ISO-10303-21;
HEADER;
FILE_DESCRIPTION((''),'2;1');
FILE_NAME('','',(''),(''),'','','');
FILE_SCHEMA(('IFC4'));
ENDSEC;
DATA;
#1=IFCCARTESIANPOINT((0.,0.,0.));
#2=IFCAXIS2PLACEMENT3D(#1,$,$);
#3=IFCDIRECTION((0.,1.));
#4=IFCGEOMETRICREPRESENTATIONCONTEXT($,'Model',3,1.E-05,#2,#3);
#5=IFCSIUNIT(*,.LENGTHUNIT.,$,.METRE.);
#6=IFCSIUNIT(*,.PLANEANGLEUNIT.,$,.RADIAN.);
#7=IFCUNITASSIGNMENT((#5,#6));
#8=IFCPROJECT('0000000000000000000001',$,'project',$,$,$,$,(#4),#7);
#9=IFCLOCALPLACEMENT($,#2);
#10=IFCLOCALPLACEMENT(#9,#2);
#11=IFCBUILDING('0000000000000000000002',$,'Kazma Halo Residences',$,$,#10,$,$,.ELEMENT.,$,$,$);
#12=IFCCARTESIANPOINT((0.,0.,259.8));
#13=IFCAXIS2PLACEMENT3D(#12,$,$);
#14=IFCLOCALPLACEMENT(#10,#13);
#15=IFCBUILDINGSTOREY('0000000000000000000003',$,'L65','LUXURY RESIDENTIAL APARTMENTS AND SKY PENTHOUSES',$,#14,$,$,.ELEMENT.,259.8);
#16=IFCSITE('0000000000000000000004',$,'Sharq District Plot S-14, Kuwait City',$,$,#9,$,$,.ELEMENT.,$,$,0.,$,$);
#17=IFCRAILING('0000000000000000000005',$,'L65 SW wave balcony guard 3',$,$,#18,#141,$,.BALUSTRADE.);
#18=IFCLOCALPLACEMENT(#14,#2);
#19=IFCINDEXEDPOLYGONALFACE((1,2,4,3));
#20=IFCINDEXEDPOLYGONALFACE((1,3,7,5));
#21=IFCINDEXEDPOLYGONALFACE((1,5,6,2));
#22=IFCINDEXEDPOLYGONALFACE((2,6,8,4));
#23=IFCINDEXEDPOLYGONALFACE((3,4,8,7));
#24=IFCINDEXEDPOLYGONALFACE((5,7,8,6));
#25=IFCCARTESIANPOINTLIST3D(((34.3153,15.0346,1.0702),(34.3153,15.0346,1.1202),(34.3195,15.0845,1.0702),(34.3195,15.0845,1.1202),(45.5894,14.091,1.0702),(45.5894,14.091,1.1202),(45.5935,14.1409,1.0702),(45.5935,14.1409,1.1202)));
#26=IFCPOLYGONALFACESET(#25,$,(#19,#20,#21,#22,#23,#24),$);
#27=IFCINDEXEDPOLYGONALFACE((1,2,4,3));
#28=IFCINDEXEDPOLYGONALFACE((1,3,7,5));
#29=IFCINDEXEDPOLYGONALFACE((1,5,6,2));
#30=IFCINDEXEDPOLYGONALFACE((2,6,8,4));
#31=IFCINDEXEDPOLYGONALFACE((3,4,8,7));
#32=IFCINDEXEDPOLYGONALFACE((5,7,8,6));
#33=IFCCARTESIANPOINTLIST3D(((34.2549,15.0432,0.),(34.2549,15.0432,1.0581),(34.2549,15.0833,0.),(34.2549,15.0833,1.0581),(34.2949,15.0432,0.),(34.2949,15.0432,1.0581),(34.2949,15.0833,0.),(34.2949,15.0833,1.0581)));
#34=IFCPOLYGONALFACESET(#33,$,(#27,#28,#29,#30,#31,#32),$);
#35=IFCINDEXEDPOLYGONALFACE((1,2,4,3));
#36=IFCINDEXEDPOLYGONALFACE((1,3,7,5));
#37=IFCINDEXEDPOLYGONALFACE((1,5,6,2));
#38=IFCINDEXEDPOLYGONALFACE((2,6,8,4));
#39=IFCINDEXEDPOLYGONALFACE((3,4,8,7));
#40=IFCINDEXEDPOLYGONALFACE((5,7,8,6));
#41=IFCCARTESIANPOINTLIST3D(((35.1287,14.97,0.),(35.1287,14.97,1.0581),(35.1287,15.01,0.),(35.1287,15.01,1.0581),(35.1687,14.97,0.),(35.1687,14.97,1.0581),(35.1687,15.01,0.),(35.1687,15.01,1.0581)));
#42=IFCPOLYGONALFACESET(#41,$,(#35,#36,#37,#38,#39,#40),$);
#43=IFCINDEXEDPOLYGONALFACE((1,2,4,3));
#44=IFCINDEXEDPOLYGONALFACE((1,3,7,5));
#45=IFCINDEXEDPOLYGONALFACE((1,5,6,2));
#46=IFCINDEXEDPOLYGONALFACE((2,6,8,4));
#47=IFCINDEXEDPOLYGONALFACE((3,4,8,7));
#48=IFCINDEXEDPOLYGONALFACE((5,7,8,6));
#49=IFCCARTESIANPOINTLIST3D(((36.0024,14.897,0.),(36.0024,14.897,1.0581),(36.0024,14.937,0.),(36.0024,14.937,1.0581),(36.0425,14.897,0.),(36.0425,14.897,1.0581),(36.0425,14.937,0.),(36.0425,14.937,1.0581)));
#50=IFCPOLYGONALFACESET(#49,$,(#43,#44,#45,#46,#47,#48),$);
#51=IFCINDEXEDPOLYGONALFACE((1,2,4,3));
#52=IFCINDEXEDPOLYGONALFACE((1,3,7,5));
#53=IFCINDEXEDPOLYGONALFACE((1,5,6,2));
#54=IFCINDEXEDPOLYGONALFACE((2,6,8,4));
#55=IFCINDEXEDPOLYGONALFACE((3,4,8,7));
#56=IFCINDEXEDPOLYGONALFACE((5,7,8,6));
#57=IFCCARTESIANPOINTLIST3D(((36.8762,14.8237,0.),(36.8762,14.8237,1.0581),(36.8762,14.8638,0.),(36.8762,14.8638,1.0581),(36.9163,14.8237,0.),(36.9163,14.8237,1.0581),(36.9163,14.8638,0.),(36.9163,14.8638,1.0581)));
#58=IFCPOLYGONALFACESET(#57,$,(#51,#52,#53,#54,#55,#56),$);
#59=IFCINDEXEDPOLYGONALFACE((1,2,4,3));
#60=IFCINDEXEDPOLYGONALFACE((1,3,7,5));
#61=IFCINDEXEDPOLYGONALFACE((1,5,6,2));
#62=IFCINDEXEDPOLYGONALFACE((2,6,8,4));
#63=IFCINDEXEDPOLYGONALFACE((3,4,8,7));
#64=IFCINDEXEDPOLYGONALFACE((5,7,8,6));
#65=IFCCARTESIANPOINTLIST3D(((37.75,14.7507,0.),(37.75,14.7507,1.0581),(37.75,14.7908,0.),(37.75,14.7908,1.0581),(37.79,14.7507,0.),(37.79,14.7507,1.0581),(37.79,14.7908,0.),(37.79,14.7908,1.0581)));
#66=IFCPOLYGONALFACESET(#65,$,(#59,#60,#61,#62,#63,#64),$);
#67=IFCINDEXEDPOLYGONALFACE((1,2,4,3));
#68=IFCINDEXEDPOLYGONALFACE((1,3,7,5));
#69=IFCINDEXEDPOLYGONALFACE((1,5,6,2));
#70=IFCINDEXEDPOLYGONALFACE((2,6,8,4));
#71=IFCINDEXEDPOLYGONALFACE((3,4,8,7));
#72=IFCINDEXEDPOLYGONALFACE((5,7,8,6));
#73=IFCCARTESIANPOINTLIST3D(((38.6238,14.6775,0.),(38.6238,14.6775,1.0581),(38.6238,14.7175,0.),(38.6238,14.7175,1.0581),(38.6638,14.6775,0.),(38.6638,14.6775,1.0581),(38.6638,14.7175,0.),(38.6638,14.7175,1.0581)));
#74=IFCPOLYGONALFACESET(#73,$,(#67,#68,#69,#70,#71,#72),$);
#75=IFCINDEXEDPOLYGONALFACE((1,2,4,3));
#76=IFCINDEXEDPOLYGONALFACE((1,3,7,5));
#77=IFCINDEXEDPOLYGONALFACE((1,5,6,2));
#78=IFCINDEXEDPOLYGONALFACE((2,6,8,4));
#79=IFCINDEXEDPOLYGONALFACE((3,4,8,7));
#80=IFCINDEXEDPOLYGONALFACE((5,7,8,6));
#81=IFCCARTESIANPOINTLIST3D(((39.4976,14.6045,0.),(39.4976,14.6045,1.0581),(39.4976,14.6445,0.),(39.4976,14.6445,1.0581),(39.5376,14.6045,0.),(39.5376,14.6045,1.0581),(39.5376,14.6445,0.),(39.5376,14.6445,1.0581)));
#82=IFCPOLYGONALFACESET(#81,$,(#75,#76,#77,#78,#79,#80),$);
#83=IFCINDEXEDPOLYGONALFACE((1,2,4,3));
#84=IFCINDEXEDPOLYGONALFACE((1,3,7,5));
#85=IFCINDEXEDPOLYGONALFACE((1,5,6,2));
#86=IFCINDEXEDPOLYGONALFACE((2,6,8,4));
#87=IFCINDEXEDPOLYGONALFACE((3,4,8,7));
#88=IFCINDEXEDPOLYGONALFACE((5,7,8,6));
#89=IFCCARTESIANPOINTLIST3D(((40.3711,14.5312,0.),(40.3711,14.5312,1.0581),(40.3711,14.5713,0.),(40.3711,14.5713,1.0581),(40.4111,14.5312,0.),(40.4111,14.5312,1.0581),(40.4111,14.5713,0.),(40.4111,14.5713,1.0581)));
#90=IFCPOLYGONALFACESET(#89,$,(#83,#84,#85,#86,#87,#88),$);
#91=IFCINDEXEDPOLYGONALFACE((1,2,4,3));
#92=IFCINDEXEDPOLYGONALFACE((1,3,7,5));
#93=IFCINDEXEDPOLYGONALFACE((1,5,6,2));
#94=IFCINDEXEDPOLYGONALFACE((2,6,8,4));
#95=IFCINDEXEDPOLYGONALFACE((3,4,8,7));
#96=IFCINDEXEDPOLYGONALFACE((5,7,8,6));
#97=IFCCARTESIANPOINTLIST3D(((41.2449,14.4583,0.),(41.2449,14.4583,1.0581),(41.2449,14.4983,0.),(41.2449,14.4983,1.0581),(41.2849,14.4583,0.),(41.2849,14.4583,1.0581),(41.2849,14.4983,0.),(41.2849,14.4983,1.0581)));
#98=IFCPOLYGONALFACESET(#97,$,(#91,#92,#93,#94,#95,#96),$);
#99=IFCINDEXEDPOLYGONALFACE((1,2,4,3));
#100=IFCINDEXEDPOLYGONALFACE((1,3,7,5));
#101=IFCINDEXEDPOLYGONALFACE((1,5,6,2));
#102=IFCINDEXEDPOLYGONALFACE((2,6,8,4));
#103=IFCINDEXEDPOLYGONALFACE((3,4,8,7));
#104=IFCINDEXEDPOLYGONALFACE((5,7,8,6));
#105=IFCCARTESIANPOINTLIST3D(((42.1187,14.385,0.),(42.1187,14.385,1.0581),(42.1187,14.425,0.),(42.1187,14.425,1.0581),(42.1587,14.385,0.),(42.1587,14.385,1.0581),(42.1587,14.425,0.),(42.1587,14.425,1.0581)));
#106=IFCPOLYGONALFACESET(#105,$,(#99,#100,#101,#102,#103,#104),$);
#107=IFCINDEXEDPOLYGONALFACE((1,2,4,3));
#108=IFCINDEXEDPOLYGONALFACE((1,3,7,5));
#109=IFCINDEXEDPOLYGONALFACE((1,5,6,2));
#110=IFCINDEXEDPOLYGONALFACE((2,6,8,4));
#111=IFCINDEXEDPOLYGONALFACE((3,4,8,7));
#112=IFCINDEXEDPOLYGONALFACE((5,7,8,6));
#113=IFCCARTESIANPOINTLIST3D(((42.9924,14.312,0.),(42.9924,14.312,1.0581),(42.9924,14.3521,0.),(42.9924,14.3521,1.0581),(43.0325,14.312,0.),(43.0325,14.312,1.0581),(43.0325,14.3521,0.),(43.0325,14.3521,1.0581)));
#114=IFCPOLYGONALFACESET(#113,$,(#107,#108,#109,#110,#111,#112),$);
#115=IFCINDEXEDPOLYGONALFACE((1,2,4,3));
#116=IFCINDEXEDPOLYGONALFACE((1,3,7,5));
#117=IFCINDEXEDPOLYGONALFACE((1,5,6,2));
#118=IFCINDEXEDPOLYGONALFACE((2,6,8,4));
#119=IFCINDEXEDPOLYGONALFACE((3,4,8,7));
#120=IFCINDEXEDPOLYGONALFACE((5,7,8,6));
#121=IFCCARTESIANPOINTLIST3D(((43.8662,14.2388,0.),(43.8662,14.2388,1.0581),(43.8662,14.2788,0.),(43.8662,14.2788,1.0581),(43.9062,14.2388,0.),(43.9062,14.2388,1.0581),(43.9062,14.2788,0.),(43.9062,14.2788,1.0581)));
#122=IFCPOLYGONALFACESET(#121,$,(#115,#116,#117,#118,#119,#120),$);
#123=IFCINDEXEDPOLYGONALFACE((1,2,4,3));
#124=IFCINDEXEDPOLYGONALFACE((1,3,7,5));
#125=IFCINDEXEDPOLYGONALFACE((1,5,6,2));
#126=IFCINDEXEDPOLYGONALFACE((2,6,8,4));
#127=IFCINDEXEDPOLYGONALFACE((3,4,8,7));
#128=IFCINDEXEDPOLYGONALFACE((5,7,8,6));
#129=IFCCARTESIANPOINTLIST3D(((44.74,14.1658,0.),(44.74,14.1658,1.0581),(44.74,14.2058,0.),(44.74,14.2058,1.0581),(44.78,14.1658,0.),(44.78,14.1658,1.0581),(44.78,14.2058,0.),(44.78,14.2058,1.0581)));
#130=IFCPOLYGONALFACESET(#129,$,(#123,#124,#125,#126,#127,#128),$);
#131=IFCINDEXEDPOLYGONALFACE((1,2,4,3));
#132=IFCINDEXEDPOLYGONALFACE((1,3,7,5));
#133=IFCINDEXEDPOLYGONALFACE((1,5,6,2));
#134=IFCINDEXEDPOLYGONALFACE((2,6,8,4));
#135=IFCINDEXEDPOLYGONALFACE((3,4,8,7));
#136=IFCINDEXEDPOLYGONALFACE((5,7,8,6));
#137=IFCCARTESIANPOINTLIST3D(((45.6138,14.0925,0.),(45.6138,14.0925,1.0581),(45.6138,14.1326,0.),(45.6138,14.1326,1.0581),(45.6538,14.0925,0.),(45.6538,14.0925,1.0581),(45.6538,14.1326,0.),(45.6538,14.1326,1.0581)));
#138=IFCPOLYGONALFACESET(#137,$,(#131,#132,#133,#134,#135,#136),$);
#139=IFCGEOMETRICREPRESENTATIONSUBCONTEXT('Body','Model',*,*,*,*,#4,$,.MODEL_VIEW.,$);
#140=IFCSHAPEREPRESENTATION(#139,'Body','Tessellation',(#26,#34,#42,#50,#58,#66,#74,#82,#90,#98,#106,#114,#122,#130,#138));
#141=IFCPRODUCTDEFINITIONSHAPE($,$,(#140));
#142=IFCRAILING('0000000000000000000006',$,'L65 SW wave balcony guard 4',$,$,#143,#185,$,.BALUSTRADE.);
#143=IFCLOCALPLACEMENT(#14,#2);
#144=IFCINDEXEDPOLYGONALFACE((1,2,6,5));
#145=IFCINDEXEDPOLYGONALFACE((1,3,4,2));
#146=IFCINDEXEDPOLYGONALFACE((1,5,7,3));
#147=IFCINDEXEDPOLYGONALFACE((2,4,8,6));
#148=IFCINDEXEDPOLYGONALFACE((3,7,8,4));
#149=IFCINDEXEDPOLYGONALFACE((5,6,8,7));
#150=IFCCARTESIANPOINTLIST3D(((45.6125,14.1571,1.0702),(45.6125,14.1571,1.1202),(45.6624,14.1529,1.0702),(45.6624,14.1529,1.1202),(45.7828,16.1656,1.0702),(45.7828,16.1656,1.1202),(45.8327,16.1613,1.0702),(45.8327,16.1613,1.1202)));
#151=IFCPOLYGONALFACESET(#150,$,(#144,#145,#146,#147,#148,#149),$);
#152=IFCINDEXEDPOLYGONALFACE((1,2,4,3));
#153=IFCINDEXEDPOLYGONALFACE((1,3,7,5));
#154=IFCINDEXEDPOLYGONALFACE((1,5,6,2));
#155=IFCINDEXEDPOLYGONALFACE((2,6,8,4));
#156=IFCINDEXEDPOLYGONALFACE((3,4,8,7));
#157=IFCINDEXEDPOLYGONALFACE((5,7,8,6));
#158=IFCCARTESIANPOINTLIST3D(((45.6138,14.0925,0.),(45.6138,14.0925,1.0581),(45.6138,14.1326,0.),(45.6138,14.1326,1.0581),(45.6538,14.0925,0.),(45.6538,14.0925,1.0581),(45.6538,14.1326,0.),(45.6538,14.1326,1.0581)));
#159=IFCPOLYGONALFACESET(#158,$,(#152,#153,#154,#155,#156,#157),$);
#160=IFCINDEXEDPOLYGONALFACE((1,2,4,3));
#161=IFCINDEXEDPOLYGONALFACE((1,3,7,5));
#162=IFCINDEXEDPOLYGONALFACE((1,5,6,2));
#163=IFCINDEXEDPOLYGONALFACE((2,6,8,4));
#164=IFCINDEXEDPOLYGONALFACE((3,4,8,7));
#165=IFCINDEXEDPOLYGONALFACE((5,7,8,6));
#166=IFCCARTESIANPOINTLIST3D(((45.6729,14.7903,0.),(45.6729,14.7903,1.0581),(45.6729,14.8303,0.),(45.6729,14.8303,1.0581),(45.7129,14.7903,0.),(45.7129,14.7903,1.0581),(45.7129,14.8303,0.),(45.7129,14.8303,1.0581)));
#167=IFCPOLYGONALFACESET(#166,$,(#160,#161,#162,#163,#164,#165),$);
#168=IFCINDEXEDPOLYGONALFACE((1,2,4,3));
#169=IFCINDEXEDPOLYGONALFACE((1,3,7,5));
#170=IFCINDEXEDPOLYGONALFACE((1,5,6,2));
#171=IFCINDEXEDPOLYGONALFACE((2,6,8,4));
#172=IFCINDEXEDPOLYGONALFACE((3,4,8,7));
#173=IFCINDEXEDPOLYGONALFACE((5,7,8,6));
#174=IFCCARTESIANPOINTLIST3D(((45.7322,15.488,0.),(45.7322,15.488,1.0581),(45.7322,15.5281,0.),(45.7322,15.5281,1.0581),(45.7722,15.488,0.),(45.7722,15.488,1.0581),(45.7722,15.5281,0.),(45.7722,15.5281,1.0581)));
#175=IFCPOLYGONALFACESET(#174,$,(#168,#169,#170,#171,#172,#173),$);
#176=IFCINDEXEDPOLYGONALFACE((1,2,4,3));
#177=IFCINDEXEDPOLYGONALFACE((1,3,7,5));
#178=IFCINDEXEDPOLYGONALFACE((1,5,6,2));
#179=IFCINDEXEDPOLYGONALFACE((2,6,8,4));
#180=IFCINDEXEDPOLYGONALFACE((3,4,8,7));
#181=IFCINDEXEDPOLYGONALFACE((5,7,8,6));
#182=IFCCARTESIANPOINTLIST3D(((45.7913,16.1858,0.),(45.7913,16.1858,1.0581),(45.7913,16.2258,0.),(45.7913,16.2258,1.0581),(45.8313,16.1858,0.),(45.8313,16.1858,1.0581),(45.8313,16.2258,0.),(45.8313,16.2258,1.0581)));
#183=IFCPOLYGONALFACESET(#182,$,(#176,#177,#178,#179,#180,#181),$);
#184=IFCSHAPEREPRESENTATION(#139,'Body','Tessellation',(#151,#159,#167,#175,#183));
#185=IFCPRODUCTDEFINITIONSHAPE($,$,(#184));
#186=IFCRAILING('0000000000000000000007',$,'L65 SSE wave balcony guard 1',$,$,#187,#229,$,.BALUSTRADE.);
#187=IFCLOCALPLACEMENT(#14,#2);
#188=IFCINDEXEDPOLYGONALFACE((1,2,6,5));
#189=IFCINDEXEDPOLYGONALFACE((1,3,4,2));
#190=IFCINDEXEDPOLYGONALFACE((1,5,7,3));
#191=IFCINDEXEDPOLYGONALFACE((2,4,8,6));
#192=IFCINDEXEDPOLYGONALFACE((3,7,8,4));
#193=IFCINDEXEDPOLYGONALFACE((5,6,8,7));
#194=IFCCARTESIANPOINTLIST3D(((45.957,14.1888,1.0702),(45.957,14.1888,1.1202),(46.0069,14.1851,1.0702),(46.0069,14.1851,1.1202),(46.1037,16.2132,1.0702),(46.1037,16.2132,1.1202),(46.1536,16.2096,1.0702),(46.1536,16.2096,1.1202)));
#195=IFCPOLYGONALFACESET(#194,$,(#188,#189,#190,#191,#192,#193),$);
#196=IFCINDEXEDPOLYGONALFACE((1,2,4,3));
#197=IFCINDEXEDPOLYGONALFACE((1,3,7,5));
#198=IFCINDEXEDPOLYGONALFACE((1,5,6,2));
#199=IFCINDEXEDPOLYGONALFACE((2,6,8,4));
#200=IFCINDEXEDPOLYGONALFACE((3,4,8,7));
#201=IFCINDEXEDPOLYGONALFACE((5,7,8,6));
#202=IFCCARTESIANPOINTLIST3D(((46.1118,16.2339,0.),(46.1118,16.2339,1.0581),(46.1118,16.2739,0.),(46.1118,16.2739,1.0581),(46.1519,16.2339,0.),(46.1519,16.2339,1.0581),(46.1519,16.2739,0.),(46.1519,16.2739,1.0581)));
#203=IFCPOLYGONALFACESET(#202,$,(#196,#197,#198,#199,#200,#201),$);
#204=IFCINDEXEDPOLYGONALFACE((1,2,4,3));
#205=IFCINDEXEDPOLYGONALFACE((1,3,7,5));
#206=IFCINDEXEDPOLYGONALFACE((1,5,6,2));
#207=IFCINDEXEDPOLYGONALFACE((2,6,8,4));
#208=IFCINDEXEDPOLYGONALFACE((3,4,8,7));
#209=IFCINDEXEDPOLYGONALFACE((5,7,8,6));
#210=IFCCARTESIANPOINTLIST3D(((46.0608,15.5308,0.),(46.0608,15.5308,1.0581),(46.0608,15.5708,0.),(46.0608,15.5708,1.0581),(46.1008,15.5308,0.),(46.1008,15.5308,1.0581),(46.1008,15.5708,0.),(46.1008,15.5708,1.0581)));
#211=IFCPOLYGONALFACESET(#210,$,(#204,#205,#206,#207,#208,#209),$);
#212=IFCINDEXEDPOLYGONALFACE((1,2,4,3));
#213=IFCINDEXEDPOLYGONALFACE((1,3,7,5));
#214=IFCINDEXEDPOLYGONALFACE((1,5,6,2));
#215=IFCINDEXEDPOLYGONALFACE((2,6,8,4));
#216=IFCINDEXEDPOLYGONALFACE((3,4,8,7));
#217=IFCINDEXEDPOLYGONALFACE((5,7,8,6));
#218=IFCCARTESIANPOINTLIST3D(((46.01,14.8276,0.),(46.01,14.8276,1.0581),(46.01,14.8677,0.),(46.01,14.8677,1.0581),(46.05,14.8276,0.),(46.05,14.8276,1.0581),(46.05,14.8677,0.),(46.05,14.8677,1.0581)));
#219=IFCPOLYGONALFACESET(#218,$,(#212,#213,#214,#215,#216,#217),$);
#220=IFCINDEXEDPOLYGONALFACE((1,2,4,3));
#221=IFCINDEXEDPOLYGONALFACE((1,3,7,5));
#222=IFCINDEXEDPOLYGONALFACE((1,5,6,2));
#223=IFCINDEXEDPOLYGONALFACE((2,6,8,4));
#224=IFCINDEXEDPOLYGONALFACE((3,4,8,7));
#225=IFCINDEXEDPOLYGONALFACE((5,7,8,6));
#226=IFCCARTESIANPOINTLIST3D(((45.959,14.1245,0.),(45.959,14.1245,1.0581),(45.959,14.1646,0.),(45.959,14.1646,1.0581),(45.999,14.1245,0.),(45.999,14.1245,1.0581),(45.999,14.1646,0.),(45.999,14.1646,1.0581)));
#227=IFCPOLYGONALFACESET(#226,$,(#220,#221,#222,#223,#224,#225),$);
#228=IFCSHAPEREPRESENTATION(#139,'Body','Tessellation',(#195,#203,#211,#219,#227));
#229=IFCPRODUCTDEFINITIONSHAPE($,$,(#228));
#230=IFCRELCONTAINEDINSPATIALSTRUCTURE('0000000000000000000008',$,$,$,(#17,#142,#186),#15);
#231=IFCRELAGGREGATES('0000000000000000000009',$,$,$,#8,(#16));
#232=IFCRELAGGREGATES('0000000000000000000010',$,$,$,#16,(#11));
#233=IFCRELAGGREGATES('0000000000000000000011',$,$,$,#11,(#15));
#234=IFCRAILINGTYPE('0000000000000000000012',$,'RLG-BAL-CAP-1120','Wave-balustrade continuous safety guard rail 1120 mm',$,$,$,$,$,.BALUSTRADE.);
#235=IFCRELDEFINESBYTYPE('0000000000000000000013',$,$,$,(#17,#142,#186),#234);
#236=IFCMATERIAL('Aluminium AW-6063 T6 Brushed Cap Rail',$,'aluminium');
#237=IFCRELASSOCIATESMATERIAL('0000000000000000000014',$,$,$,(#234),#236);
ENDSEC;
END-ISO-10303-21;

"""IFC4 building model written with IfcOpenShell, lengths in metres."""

from ifc_helpers import new_model, si_unit, direction, frame, origin, origin_2d, place, context, subcontext, project, spatial, rectangle, extrude, material, type_object, element, save


model = new_model("IFC4")

# Units and contexts
model_context = context("Model", 3, precision=1e-05, world=origin(), true_north=direction((0.0, 1.0)))
body_context = subcontext(model_context, "Body", "Model", "MODEL_VIEW")
ifc_project = project(units=[si_unit("LENGTHUNIT", "METRE"), si_unit("PLANEANGLEUNIT", "RADIAN")], contexts=[model_context])

# Site, building, storey
site_placement = place(None, origin())
site = spatial("IfcSite", under=ifc_project, at=site_placement, Name="Sharq District Plot S-14, Kuwait City", CompositionType="ELEMENT", RefElevation=0.0)
building_placement = place(site_placement, origin())
building = spatial("IfcBuilding", under=site, at=building_placement, Name="Kazma Halo Residences", CompositionType="ELEMENT")
storey_placement = place(building_placement, frame((0.0, 0.0, 259.8)))
storey = spatial("IfcBuildingStorey", under=building, at=storey_placement, Name="L65", Description="LUXURY RESIDENTIAL APARTMENTS AND SKY PENTHOUSES", CompositionType="ELEMENT", Elevation=259.8)

# Railings
ifc_material_1 = material(Name="Aluminium AW-6063 T6 Brushed Cap Rail", Category="aluminium")
railing_type = type_object("IfcRailingType", Name="RLG-BAL-CAP-1120", Description="Wave-balustrade continuous safety guard rail 1120 mm", PredefinedType="BALUSTRADE", material=ifc_material_1)
railing_1_placement = place(storey_placement, frame((34.2749, 15.0632, 0.0)))
element("IfcRailing", 1, at=railing_1_placement, inside=storey, type_object=railing_type, Name="L65 SW wave balcony guard 3", PredefinedType="BALUSTRADE", context=body_context, shape_type="SweptSolid", body=[
    extrude(rectangle(XDim=0.05, YDim=0.05, at=origin_2d()), frame((0.0425, -0.0037, 1.0952), z_axis=(0.996516, -0.083404, 0.0), x_axis=(0.083404, 0.996516, 0.0)), (0.0, 0.0, 1.0), 11.3135),
    extrude(rectangle(XDim=0.04, YDim=0.04, at=origin_2d()), origin(), (0.0, 0.0, 1.0), 1.0581),
    extrude(rectangle(XDim=0.04, YDim=0.04, at=origin_2d()), frame((0.8738, -0.0732, 0.0)), (0.0, 0.0, 1.0), 1.0581),
    extrude(rectangle(XDim=0.04, YDim=0.04, at=origin_2d()), frame((1.7476, -0.1462, 0.0)), (0.0, 0.0, 1.0), 1.0581),
    extrude(rectangle(XDim=0.04, YDim=0.04, at=origin_2d()), frame((2.6213, -0.2195, 0.0)), (0.0, 0.0, 1.0), 1.0581),
    extrude(rectangle(XDim=0.04, YDim=0.04, at=origin_2d()), frame((3.4951, -0.2925, 0.0)), (0.0, 0.0, 1.0), 1.0581),
    extrude(rectangle(XDim=0.04, YDim=0.04, at=origin_2d()), frame((4.3689, -0.3657, 0.0)), (0.0, 0.0, 1.0), 1.0581),
    extrude(rectangle(XDim=0.04, YDim=0.04, at=origin_2d()), frame((5.2427, -0.4387, 0.0)), (0.0, 0.0, 1.0), 1.0581),
    extrude(rectangle(XDim=0.04, YDim=0.04, at=origin_2d()), frame((6.1162, -0.512, 0.0)), (0.0, 0.0, 1.0), 1.0581),
    extrude(rectangle(XDim=0.04, YDim=0.04, at=origin_2d()), frame((6.99, -0.585, 0.0)), (0.0, 0.0, 1.0), 1.0581),
    extrude(rectangle(XDim=0.04, YDim=0.04, at=origin_2d()), frame((7.8638, -0.6582, 0.0)), (0.0, 0.0, 1.0), 1.0581),
    extrude(rectangle(XDim=0.04, YDim=0.04, at=origin_2d()), frame((8.7375, -0.7312, 0.0)), (0.0, 0.0, 1.0), 1.0581),
    extrude(rectangle(XDim=0.04, YDim=0.04, at=origin_2d()), frame((9.6113, -0.8044, 0.0)), (0.0, 0.0, 1.0), 1.0581),
    extrude(rectangle(XDim=0.04, YDim=0.04, at=origin_2d()), frame((10.4851, -0.8774, 0.0)), (0.0, 0.0, 1.0), 1.0581),
    extrude(rectangle(XDim=0.04, YDim=0.04, at=origin_2d()), frame((11.3589, -0.9507, 0.0)), (0.0, 0.0, 1.0), 1.0581),
])
railing_2_placement = place(storey_placement, frame((45.6338, 14.1125, 0.0)))
element("IfcRailing", 2, at=railing_2_placement, inside=storey, type_object=railing_type, Name="L65 SW wave balcony guard 4", PredefinedType="BALUSTRADE", context=body_context, shape_type="SweptSolid", body=[
    extrude(rectangle(XDim=0.05, YDim=0.05, at=origin_2d()), frame((0.0037, 0.0425, 1.0952), z_axis=(0.084488, 0.996424, 0.0), x_axis=(-0.996424, 0.084488, 0.0)), (0.0, 0.0, 1.0), 2.0156),
    extrude(rectangle(XDim=0.04, YDim=0.04, at=origin_2d()), origin(), (0.0, 0.0, 1.0), 1.0581),
    extrude(rectangle(XDim=0.04, YDim=0.04, at=origin_2d()), frame((0.0591, 0.6978, 0.0)), (0.0, 0.0, 1.0), 1.0581),
    extrude(rectangle(XDim=0.04, YDim=0.04, at=origin_2d()), frame((0.1184, 1.3955, 0.0)), (0.0, 0.0, 1.0), 1.0581),
    extrude(rectangle(XDim=0.04, YDim=0.04, at=origin_2d()), frame((0.1775, 2.0933, 0.0)), (0.0, 0.0, 1.0), 1.0581),
])
railing_3_placement = place(storey_placement, frame((46.1318, 16.2539, 0.0)))
element("IfcRailing", 3, at=railing_3_placement, inside=storey, type_object=railing_type, Name="L65 SSE wave balcony guard 1", PredefinedType="BALUSTRADE", context=body_context, shape_type="SweptSolid", body=[
    extrude(rectangle(XDim=0.05, YDim=0.05, at=origin_2d()), frame((-0.0032, -0.0425, 1.0952), z_axis=(-0.072264, -0.997386, 0.0), x_axis=(0.997386, -0.072264, 0.0)), (0.0, 0.0, 1.0), 2.0298),
    extrude(rectangle(XDim=0.04, YDim=0.04, at=origin_2d()), origin(), (0.0, 0.0, 1.0), 1.0581),
    extrude(rectangle(XDim=0.04, YDim=0.04, at=origin_2d()), frame((-0.051, -0.7031, 0.0)), (0.0, 0.0, 1.0), 1.0581),
    extrude(rectangle(XDim=0.04, YDim=0.04, at=origin_2d()), frame((-0.1018, -1.4062, 0.0)), (0.0, 0.0, 1.0), 1.0581),
    extrude(rectangle(XDim=0.04, YDim=0.04, at=origin_2d()), frame((-0.1528, -2.1094, 0.0)), (0.0, 0.0, 1.0), 1.0581),
])

save(model, "model.ifc")
